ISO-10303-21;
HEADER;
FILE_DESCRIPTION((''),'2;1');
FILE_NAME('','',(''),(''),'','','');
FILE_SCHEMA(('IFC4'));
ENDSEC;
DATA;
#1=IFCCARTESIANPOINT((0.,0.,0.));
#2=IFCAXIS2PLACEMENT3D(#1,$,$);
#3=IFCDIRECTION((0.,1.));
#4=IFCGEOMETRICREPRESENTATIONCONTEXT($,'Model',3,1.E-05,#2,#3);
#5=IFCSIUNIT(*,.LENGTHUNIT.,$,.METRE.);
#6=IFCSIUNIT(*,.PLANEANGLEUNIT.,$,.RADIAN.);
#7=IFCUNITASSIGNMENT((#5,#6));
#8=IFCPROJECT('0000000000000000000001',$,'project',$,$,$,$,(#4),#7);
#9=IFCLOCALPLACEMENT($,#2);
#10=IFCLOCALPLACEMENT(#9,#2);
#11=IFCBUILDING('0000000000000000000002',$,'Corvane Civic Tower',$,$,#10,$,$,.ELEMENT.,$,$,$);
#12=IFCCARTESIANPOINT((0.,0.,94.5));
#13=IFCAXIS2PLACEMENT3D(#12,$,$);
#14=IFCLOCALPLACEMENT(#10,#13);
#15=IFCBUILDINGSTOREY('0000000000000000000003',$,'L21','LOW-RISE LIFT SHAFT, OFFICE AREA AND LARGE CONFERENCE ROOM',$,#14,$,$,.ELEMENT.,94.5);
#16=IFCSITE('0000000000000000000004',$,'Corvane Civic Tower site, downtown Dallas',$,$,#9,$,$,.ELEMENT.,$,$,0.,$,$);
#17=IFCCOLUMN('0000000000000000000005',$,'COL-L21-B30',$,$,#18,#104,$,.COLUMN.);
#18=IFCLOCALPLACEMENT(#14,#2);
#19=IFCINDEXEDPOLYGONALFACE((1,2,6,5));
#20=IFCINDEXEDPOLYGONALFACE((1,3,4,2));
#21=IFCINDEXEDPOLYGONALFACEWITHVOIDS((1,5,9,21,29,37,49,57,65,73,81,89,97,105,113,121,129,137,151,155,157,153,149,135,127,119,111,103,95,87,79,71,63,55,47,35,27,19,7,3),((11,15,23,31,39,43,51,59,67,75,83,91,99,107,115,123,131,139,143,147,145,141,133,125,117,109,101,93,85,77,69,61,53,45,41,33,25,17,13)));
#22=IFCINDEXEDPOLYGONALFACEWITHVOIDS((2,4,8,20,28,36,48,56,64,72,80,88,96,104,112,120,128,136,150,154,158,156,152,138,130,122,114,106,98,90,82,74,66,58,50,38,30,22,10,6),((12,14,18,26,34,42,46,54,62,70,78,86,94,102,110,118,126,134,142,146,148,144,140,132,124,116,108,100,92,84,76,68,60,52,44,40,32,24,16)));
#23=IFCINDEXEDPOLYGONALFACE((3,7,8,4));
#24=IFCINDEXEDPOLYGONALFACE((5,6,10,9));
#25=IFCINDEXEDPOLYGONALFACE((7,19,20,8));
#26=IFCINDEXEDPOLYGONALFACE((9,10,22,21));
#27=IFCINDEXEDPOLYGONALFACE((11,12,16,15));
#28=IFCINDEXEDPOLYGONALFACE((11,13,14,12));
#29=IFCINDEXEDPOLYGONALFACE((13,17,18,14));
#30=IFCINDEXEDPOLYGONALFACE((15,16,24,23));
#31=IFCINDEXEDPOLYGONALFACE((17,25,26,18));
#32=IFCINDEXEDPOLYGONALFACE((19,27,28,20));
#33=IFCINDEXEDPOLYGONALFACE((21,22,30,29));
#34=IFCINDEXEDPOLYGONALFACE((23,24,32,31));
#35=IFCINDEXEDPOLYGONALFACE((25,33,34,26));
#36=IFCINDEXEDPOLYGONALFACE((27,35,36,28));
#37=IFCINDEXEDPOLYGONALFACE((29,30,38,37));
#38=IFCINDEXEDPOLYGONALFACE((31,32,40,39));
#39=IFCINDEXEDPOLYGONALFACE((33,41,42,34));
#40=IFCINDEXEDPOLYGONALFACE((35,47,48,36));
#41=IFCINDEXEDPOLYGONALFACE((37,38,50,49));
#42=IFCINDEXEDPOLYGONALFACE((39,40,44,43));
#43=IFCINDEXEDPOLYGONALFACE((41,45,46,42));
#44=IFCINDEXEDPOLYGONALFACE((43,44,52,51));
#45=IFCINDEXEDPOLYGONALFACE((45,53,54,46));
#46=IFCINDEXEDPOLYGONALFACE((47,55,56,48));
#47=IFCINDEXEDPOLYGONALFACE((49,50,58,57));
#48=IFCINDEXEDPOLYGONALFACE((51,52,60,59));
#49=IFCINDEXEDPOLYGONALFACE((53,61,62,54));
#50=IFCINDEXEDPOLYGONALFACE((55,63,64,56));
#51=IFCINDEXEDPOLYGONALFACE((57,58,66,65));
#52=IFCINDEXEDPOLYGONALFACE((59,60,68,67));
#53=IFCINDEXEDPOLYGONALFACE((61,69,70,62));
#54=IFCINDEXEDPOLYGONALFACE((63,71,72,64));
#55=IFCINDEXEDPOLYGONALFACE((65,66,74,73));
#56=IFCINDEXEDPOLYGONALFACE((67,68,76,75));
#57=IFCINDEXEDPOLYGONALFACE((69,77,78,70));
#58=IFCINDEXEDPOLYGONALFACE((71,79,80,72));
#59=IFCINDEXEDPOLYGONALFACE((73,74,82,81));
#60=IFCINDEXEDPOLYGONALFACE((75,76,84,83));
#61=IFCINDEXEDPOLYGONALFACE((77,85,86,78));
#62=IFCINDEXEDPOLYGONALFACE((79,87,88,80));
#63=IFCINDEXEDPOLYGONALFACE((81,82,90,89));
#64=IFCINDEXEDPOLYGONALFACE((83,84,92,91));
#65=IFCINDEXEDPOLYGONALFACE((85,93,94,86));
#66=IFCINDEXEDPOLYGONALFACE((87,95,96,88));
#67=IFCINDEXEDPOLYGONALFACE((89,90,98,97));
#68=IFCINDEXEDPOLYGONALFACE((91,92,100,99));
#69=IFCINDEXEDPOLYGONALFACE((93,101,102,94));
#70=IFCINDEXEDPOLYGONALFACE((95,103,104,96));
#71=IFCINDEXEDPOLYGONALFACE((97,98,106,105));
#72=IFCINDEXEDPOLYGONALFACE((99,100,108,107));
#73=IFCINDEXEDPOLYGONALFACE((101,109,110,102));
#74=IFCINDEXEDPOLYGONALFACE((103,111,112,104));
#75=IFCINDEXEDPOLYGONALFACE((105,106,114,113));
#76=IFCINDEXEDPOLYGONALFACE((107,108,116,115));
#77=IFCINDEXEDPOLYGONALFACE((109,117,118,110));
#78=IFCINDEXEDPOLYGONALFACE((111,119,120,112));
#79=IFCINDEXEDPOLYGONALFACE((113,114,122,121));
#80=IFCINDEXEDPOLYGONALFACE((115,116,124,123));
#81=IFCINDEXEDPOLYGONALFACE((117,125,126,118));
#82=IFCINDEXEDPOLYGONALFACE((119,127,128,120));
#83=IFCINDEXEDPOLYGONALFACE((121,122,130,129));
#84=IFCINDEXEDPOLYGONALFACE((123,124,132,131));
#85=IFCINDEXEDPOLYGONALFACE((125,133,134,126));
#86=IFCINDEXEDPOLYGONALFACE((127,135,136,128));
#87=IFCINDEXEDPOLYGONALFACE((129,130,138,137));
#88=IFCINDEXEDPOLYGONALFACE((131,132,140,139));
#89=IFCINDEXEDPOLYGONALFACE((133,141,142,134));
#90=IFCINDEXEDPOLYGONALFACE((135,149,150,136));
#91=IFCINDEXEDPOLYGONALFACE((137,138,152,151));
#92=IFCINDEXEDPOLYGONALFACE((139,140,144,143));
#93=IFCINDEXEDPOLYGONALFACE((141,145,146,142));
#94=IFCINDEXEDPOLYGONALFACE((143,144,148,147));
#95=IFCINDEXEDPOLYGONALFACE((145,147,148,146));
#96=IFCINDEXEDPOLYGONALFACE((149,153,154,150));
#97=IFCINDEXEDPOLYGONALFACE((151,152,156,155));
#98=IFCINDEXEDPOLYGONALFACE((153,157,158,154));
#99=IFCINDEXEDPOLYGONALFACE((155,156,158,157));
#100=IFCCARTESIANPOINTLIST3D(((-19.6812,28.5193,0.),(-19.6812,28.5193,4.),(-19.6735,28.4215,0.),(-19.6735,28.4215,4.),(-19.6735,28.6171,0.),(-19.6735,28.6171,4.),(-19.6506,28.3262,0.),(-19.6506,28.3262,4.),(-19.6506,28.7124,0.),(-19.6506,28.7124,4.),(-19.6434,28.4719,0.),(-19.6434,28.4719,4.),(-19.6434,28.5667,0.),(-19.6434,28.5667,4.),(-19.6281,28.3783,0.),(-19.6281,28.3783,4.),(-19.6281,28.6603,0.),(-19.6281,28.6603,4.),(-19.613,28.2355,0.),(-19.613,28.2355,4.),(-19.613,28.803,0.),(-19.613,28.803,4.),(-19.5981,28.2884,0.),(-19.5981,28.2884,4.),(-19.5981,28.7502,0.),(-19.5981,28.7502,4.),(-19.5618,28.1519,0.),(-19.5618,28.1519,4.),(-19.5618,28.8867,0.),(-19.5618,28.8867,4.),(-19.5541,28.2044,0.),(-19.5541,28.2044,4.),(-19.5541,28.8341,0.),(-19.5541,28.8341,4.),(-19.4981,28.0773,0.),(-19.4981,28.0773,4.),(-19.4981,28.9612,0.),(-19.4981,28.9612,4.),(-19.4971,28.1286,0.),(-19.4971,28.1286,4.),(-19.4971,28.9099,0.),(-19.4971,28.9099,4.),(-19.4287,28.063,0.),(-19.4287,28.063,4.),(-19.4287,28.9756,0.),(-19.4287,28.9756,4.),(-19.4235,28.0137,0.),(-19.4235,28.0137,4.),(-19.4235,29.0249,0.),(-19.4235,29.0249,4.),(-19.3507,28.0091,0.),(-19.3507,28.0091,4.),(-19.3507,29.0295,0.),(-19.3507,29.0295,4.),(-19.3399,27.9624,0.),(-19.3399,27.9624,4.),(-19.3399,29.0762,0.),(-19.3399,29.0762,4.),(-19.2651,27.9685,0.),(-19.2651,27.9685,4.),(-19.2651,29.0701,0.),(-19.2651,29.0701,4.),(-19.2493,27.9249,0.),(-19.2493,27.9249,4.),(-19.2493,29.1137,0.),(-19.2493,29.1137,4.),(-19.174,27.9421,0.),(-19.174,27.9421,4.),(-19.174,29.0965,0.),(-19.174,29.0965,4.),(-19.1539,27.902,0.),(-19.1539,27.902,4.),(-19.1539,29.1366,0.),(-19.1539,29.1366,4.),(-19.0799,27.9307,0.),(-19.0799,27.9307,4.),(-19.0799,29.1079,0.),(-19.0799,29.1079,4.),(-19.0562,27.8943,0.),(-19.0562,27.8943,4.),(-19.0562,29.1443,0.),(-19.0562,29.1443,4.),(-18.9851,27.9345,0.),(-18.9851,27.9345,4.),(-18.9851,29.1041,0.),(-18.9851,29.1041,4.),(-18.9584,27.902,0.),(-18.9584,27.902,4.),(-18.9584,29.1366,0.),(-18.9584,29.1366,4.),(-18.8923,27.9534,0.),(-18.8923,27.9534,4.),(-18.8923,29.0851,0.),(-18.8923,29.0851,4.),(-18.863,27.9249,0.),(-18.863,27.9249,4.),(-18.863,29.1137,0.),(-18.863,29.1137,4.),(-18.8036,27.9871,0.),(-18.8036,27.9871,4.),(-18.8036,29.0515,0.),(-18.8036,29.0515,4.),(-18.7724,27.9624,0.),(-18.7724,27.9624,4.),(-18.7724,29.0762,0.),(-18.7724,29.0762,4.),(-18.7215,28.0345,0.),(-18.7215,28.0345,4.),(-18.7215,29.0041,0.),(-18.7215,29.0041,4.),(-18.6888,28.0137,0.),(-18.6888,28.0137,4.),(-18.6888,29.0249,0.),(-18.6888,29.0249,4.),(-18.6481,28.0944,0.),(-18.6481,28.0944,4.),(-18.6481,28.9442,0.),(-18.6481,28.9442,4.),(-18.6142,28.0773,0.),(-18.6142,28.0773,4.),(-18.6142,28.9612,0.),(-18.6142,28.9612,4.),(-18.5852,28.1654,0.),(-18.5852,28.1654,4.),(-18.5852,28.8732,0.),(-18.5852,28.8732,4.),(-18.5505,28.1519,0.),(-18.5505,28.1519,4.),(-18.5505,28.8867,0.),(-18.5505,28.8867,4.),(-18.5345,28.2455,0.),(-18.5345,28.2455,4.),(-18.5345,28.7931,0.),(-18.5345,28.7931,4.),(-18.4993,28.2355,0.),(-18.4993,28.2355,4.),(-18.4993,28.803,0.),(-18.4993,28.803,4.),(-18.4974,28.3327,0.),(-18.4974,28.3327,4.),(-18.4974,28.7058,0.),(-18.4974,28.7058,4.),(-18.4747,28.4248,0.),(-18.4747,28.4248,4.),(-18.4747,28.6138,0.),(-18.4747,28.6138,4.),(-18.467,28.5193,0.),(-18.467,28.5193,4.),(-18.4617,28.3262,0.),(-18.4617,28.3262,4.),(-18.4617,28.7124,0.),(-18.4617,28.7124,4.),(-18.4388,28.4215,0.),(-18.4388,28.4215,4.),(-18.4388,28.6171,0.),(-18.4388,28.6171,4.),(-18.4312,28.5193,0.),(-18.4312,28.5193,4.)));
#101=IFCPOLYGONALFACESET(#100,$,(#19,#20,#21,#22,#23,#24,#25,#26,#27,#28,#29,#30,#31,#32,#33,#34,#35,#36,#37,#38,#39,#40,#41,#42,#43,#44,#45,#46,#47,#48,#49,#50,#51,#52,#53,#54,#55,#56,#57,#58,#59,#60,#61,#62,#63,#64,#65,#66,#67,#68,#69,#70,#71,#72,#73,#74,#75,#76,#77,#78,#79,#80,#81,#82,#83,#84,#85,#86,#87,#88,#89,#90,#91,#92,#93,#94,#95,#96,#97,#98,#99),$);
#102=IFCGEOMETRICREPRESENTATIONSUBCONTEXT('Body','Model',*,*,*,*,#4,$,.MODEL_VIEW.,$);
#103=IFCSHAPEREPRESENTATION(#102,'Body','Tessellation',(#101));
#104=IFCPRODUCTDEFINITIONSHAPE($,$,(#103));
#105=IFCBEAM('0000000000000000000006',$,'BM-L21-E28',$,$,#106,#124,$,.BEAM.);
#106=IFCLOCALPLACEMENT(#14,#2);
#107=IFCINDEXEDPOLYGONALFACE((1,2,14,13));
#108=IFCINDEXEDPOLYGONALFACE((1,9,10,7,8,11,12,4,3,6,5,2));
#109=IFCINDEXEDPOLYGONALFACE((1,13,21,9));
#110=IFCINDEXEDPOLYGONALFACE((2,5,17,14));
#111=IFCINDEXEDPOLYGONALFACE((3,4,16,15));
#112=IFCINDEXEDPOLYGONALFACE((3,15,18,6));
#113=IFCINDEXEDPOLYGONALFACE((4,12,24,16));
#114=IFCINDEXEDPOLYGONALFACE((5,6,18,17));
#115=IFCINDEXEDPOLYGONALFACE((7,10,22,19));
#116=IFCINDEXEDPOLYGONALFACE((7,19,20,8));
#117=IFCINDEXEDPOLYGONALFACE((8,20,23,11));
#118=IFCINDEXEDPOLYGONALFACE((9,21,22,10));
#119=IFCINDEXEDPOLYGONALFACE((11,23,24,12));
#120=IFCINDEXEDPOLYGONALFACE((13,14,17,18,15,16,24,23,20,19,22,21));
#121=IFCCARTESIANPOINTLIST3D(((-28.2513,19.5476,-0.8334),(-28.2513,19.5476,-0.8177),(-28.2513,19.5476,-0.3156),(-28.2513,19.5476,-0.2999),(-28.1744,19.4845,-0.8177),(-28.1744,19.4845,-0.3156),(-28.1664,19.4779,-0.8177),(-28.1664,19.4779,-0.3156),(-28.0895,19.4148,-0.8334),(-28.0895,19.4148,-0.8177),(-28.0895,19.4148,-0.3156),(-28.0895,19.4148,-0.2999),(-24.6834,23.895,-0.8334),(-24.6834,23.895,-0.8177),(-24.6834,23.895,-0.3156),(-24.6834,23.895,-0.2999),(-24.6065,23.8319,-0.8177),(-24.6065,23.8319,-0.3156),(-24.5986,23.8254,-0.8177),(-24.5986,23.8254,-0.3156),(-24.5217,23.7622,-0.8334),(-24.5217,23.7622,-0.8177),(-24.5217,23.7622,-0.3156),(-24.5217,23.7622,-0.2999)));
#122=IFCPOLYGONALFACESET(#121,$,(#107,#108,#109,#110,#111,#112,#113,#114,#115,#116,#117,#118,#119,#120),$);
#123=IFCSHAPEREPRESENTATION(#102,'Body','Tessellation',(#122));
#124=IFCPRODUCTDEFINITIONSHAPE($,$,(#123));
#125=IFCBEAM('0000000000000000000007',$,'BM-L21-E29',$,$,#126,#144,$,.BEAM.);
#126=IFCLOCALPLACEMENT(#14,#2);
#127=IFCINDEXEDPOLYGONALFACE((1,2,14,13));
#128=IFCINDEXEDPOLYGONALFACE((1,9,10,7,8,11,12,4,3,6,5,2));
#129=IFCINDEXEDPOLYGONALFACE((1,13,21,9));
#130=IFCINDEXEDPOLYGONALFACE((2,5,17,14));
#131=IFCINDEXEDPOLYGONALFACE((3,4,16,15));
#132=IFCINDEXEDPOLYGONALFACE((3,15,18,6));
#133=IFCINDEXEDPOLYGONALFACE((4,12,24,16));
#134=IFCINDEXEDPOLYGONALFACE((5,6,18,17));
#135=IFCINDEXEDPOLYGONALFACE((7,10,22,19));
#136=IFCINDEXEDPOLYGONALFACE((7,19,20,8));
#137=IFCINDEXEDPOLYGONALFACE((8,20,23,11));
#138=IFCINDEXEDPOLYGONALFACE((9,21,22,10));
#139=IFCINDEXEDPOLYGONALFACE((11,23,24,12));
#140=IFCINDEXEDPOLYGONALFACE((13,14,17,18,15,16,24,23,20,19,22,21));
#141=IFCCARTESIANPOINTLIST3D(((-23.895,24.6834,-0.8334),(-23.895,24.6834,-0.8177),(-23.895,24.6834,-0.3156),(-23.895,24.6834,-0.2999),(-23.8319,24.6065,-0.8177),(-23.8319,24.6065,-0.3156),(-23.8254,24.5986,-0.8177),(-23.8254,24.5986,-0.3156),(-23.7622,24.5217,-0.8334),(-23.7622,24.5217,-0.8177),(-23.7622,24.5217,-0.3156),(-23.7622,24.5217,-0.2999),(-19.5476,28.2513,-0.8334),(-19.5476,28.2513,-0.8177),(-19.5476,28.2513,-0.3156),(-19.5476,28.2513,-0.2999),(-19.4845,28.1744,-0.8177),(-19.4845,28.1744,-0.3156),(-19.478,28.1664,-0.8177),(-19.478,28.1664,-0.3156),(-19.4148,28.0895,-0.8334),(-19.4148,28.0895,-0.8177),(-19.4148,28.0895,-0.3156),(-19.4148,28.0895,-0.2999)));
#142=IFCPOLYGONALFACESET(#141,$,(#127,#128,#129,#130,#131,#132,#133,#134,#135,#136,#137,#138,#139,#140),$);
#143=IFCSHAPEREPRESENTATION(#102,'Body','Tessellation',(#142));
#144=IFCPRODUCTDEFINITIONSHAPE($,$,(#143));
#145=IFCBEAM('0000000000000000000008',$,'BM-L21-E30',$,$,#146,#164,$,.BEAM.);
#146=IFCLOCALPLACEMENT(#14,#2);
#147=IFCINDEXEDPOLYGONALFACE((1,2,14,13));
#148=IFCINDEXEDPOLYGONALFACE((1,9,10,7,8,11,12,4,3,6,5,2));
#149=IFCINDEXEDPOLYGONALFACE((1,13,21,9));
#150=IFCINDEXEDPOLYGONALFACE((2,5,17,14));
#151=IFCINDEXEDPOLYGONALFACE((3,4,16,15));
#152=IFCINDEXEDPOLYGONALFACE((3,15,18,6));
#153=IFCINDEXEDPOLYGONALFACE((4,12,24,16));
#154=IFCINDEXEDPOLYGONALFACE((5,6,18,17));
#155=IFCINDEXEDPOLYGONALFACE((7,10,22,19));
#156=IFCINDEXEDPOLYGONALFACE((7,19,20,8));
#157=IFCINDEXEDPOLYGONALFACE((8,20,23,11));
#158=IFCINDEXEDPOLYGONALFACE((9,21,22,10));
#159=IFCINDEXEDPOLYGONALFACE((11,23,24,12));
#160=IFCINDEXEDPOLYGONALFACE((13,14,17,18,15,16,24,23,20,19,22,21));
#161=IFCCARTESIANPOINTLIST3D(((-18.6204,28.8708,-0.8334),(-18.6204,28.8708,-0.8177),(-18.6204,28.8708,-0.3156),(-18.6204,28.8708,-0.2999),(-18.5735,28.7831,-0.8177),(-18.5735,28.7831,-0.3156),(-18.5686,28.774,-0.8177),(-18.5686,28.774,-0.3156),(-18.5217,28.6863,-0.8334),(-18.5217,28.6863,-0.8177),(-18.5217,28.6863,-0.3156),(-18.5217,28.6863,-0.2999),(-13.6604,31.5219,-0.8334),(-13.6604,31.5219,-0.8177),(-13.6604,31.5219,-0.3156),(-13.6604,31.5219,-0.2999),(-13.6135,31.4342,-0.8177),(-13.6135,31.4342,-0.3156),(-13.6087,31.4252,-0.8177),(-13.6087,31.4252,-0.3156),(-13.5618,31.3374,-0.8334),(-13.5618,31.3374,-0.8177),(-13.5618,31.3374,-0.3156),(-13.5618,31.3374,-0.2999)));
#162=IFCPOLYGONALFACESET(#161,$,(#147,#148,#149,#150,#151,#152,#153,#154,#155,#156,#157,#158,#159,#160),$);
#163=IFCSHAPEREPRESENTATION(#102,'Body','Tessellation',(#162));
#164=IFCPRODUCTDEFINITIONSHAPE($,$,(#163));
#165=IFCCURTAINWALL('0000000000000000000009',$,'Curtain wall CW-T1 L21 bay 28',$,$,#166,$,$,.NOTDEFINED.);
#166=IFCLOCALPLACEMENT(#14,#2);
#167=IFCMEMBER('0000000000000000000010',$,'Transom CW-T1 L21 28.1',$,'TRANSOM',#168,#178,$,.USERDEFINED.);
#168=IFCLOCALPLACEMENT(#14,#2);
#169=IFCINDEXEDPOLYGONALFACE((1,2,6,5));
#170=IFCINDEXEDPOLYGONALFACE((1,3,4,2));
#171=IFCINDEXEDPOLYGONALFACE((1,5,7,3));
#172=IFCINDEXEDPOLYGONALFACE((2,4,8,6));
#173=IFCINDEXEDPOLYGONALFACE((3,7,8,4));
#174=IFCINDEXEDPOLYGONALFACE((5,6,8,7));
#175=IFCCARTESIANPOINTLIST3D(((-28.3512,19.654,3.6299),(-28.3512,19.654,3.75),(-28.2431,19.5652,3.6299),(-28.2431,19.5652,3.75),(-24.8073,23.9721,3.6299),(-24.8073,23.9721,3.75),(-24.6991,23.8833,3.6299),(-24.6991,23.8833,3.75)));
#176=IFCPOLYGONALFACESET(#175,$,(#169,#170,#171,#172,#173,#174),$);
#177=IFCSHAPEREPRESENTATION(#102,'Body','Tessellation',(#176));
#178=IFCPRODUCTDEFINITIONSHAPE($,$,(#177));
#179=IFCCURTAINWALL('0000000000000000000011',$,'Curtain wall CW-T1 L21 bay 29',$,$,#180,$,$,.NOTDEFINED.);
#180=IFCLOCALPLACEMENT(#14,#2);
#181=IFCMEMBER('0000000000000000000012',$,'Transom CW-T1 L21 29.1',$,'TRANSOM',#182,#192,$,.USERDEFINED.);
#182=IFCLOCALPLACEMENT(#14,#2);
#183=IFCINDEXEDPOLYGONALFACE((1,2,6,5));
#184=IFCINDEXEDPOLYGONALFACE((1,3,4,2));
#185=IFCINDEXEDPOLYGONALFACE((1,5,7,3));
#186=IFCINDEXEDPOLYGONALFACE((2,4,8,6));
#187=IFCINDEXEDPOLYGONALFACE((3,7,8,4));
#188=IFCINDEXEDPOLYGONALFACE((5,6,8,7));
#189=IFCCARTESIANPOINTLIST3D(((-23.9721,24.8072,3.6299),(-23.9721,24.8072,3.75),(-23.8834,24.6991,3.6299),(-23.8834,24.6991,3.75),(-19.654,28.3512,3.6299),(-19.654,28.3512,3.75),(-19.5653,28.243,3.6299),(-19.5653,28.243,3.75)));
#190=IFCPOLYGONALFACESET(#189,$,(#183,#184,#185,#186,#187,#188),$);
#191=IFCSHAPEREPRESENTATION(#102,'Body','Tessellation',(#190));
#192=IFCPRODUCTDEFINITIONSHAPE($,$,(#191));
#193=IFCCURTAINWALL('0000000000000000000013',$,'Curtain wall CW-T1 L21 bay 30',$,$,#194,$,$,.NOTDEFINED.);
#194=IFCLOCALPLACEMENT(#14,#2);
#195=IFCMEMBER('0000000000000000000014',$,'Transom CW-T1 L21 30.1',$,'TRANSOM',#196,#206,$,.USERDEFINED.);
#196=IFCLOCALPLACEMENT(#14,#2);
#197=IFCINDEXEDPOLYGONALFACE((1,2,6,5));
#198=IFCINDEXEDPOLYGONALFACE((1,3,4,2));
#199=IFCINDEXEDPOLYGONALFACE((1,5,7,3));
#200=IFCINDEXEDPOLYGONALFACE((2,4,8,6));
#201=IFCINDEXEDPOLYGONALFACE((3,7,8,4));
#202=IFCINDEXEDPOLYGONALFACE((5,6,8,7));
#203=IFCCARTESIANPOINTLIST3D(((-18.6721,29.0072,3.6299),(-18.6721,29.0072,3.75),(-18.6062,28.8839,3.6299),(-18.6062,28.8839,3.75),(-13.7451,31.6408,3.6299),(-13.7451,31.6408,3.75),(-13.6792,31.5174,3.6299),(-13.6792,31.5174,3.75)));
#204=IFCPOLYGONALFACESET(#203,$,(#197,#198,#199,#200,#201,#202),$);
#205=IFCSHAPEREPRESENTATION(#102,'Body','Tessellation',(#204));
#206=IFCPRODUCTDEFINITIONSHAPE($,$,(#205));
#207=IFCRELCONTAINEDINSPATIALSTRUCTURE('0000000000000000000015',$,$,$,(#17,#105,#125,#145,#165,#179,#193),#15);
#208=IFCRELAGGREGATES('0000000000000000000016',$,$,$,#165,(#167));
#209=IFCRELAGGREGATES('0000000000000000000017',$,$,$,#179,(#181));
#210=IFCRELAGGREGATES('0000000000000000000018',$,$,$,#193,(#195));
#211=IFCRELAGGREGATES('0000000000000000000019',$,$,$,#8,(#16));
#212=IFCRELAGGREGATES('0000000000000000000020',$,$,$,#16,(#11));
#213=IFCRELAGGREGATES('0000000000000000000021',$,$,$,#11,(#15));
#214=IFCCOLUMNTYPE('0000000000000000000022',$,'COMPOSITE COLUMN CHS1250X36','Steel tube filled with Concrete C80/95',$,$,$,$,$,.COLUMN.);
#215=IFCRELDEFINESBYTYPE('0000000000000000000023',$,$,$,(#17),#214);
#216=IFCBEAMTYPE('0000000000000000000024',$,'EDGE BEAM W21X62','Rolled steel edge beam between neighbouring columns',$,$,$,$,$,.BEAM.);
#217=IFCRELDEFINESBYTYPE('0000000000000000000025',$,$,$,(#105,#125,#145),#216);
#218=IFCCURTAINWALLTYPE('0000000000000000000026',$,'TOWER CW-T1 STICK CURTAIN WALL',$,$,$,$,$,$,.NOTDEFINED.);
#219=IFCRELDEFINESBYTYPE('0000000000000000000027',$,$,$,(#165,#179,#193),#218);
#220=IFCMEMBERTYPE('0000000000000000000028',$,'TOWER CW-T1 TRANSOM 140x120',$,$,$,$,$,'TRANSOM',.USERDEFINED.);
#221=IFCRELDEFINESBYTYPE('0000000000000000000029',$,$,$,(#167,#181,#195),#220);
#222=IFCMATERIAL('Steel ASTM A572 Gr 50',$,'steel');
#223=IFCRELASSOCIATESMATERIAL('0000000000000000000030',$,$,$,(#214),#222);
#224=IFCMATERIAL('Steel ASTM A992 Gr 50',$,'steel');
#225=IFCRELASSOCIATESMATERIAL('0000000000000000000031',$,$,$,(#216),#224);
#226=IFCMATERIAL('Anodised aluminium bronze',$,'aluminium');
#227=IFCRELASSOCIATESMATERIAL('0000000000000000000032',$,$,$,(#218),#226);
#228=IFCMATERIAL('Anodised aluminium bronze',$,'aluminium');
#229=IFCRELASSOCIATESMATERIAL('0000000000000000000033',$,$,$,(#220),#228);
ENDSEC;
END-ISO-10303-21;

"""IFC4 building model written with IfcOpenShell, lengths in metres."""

from ifc_helpers import new_model, si_unit, direction, frame, origin, origin_2d, place, context, subcontext, project, spatial, rectangle, hollow_circle, i_section, extrude, material, material_profile, profile_set, type_object, element, aggregate, save


model = new_model("IFC4")

# Units and contexts
model_context = context("Model", 3, precision=1e-05, world=origin(), true_north=direction((0.0, 1.0)))
body_context = subcontext(model_context, "Body", "Model", "MODEL_VIEW")
ifc_project = project(units=[si_unit("LENGTHUNIT", "METRE"), si_unit("PLANEANGLEUNIT", "RADIAN")], contexts=[model_context])

# Site, building, storey
site_placement = place(None, origin())
site = spatial("IfcSite", under=ifc_project, at=site_placement, Name="Corvane Civic Tower site, downtown Dallas", CompositionType="ELEMENT", RefElevation=0.0)
building_placement = place(site_placement, origin())
building = spatial("IfcBuilding", under=site, at=building_placement, Name="Corvane Civic Tower", CompositionType="ELEMENT")
storey_placement = place(building_placement, frame((0.0, 0.0, 94.5)))
storey = spatial("IfcBuildingStorey", under=building, at=storey_placement, Name="L21", Description="LOW-RISE LIFT SHAFT, OFFICE AREA AND LARGE CONFERENCE ROOM", CompositionType="ELEMENT", Elevation=94.5)

# Column
ifc_material_1 = material(Name="Steel ASTM A572 Gr 50", Category="steel")
ifc_material_profile_1 = material_profile(ifc_material_1, hollow_circle(Radius=0.625, WallThickness=0.0359, at=origin_2d()), Name="CHS1250X36")
ifc_profile_set_1 = profile_set([ifc_material_profile_1], Name="Steel ASTM A572 Gr 50")
column_type = type_object("IfcColumnType", Name="COMPOSITE COLUMN CHS1250X36", Description="Steel tube filled with Concrete C80/95", PredefinedType="COLUMN", material=ifc_profile_set_1)
for number, where, z_axis, x_axis, name in (
    (1, (-19.0562, 28.5193, 0.0), (0.0, 0.0, 1.0), (1.0, 0.0, 0.0), "COL-L21-B30"),
):
    element("IfcColumn", number, at=place(storey_placement, frame(where, z_axis=z_axis, x_axis=x_axis)), inside=storey, type_object=column_type, Name=name, PredefinedType="COLUMN", context=body_context, shape_type="SweptSolid", body=[
        extrude(hollow_circle(Radius=0.625, WallThickness=0.0359, at=origin_2d()), origin(), (0.0, 0.0, 1.0), 4.0),
    ])

# Beams
ifc_material_2 = material(Name="Steel ASTM A992 Gr 50", Category="steel")
ifc_material_profile_2 = material_profile(ifc_material_2, i_section(OverallWidth=0.2092, OverallDepth=0.5334, WebThickness=0.0103, FlangeThickness=0.0156, at=origin_2d()), Name="W21X62")
ifc_profile_set_2 = profile_set([ifc_material_profile_2], Name="Steel ASTM A992 Gr 50")
beam_type = type_object("IfcBeamType", Name="EDGE BEAM W21X62", Description="Rolled steel edge beam between neighbouring columns", PredefinedType="BEAM", material=ifc_profile_set_2)
for number, where, z_axis, x_axis, name in (
    (2, (-28.1704, 19.4812, -0.5667), (0.634398, 0.773007, 0.0), (-0.773007, 0.634398, 0.0), "BM-L21-E28"),
    (3, (-23.8286, 24.6025, -0.5667), (0.773007, 0.634398, 0.0), (-0.634398, 0.773007, 0.0), "BM-L21-E29"),
    (4, (-18.571, 28.7786, -0.5667), (0.881924, 0.471392, 0.0), (-0.471392, 0.881924, 0.0), "BM-L21-E30"),
):
    element("IfcBeam", number, at=place(storey_placement, frame(where, z_axis=z_axis, x_axis=x_axis)), inside=storey, type_object=beam_type, Name=name, PredefinedType="BEAM", context=body_context, shape_type="SweptSolid", body=[
        extrude(i_section(OverallWidth=0.2092, OverallDepth=0.5334, WebThickness=0.0103, FlangeThickness=0.0156, at=origin_2d()), origin(), (0.0, 0.0, 1.0), 5.624),
    ])

# Curtain walls, members
ifc_material_3 = material(Name="Anodised aluminium bronze", Category="aluminium")
curtain_wall_type = type_object("IfcCurtainWallType", Name="TOWER CW-T1 STICK CURTAIN WALL", PredefinedType="NOTDEFINED", material=ifc_material_3)
curtain_wall_1_placement = place(storey_placement, origin())
curtain_wall_1 = element("IfcCurtainWall", 5, at=curtain_wall_1_placement, inside=storey, type_object=curtain_wall_type, Name="Curtain wall CW-T1 L21 bay 28", PredefinedType="NOTDEFINED")
ifc_material_4 = material(Name="Anodised aluminium bronze", Category="aluminium")
ifc_material_profile_3 = material_profile(ifc_material_4, rectangle(XDim=0.1399, YDim=0.1201, at=origin_2d()), Name="TOWER CW-T1 TRANSOM 140x120")
ifc_profile_set_3 = profile_set([ifc_material_profile_3], Name="Anodised aluminium bronze")
member_type = type_object("IfcMemberType", Name="TOWER CW-T1 TRANSOM 140x120", ElementType="TRANSOM", PredefinedType="USERDEFINED", material=ifc_profile_set_3)
member_1_placement = place(storey_placement, frame((-28.2971, 19.6096, 3.6899), z_axis=(0.63441, 0.772996, 0.0), x_axis=(-0.772996, 0.63441, 0.0)))
member_1 = element("IfcMember", 6, at=member_1_placement, type_object=member_type, Name="Transom CW-T1 L21 28.1", ObjectType="TRANSOM", PredefinedType="USERDEFINED", context=body_context, shape_type="SweptSolid", body=[
    extrude(rectangle(XDim=0.1399, YDim=0.1201, at=origin_2d()), origin(), (0.0, 0.0, 1.0), 5.5862),
])
curtain_wall_2_placement = place(storey_placement, origin())
curtain_wall_2 = element("IfcCurtainWall", 7, at=curtain_wall_2_placement, inside=storey, type_object=curtain_wall_type, Name="Curtain wall CW-T1 L21 bay 29", PredefinedType="NOTDEFINED")
member_2_placement = place(storey_placement, frame((-23.9277, 24.7532, 3.6899), z_axis=(0.772996, 0.63441, 0.0), x_axis=(-0.63441, 0.772996, 0.0)))
member_2 = element("IfcMember", 8, at=member_2_placement, type_object=member_type, Name="Transom CW-T1 L21 29.1", ObjectType="TRANSOM", PredefinedType="USERDEFINED", context=body_context, shape_type="SweptSolid", body=[
    extrude(rectangle(XDim=0.1399, YDim=0.1201, at=origin_2d()), origin(), (0.0, 0.0, 1.0), 5.5862),
])
curtain_wall_3_placement = place(storey_placement, origin())
curtain_wall_3 = element("IfcCurtainWall", 9, at=curtain_wall_3_placement, inside=storey, type_object=curtain_wall_type, Name="Curtain wall CW-T1 L21 bay 30", PredefinedType="NOTDEFINED")
member_3_placement = place(storey_placement, frame((-18.6392, 28.9456, 3.6899), z_axis=(0.881921, 0.471398, 0.0), x_axis=(-0.471398, 0.881921, 0.0)))
member_3 = element("IfcMember", 10, at=member_3_placement, type_object=member_type, Name="Transom CW-T1 L21 30.1", ObjectType="TRANSOM", PredefinedType="USERDEFINED", context=body_context, shape_type="SweptSolid", body=[
    extrude(rectangle(XDim=0.1399, YDim=0.1201, at=origin_2d()), origin(), (0.0, 0.0, 1.0), 5.5867),
])

aggregate(curtain_wall_1, [member_1])
aggregate(curtain_wall_2, [member_2])
aggregate(curtain_wall_3, [member_3])

save(model, "model.ifc")
